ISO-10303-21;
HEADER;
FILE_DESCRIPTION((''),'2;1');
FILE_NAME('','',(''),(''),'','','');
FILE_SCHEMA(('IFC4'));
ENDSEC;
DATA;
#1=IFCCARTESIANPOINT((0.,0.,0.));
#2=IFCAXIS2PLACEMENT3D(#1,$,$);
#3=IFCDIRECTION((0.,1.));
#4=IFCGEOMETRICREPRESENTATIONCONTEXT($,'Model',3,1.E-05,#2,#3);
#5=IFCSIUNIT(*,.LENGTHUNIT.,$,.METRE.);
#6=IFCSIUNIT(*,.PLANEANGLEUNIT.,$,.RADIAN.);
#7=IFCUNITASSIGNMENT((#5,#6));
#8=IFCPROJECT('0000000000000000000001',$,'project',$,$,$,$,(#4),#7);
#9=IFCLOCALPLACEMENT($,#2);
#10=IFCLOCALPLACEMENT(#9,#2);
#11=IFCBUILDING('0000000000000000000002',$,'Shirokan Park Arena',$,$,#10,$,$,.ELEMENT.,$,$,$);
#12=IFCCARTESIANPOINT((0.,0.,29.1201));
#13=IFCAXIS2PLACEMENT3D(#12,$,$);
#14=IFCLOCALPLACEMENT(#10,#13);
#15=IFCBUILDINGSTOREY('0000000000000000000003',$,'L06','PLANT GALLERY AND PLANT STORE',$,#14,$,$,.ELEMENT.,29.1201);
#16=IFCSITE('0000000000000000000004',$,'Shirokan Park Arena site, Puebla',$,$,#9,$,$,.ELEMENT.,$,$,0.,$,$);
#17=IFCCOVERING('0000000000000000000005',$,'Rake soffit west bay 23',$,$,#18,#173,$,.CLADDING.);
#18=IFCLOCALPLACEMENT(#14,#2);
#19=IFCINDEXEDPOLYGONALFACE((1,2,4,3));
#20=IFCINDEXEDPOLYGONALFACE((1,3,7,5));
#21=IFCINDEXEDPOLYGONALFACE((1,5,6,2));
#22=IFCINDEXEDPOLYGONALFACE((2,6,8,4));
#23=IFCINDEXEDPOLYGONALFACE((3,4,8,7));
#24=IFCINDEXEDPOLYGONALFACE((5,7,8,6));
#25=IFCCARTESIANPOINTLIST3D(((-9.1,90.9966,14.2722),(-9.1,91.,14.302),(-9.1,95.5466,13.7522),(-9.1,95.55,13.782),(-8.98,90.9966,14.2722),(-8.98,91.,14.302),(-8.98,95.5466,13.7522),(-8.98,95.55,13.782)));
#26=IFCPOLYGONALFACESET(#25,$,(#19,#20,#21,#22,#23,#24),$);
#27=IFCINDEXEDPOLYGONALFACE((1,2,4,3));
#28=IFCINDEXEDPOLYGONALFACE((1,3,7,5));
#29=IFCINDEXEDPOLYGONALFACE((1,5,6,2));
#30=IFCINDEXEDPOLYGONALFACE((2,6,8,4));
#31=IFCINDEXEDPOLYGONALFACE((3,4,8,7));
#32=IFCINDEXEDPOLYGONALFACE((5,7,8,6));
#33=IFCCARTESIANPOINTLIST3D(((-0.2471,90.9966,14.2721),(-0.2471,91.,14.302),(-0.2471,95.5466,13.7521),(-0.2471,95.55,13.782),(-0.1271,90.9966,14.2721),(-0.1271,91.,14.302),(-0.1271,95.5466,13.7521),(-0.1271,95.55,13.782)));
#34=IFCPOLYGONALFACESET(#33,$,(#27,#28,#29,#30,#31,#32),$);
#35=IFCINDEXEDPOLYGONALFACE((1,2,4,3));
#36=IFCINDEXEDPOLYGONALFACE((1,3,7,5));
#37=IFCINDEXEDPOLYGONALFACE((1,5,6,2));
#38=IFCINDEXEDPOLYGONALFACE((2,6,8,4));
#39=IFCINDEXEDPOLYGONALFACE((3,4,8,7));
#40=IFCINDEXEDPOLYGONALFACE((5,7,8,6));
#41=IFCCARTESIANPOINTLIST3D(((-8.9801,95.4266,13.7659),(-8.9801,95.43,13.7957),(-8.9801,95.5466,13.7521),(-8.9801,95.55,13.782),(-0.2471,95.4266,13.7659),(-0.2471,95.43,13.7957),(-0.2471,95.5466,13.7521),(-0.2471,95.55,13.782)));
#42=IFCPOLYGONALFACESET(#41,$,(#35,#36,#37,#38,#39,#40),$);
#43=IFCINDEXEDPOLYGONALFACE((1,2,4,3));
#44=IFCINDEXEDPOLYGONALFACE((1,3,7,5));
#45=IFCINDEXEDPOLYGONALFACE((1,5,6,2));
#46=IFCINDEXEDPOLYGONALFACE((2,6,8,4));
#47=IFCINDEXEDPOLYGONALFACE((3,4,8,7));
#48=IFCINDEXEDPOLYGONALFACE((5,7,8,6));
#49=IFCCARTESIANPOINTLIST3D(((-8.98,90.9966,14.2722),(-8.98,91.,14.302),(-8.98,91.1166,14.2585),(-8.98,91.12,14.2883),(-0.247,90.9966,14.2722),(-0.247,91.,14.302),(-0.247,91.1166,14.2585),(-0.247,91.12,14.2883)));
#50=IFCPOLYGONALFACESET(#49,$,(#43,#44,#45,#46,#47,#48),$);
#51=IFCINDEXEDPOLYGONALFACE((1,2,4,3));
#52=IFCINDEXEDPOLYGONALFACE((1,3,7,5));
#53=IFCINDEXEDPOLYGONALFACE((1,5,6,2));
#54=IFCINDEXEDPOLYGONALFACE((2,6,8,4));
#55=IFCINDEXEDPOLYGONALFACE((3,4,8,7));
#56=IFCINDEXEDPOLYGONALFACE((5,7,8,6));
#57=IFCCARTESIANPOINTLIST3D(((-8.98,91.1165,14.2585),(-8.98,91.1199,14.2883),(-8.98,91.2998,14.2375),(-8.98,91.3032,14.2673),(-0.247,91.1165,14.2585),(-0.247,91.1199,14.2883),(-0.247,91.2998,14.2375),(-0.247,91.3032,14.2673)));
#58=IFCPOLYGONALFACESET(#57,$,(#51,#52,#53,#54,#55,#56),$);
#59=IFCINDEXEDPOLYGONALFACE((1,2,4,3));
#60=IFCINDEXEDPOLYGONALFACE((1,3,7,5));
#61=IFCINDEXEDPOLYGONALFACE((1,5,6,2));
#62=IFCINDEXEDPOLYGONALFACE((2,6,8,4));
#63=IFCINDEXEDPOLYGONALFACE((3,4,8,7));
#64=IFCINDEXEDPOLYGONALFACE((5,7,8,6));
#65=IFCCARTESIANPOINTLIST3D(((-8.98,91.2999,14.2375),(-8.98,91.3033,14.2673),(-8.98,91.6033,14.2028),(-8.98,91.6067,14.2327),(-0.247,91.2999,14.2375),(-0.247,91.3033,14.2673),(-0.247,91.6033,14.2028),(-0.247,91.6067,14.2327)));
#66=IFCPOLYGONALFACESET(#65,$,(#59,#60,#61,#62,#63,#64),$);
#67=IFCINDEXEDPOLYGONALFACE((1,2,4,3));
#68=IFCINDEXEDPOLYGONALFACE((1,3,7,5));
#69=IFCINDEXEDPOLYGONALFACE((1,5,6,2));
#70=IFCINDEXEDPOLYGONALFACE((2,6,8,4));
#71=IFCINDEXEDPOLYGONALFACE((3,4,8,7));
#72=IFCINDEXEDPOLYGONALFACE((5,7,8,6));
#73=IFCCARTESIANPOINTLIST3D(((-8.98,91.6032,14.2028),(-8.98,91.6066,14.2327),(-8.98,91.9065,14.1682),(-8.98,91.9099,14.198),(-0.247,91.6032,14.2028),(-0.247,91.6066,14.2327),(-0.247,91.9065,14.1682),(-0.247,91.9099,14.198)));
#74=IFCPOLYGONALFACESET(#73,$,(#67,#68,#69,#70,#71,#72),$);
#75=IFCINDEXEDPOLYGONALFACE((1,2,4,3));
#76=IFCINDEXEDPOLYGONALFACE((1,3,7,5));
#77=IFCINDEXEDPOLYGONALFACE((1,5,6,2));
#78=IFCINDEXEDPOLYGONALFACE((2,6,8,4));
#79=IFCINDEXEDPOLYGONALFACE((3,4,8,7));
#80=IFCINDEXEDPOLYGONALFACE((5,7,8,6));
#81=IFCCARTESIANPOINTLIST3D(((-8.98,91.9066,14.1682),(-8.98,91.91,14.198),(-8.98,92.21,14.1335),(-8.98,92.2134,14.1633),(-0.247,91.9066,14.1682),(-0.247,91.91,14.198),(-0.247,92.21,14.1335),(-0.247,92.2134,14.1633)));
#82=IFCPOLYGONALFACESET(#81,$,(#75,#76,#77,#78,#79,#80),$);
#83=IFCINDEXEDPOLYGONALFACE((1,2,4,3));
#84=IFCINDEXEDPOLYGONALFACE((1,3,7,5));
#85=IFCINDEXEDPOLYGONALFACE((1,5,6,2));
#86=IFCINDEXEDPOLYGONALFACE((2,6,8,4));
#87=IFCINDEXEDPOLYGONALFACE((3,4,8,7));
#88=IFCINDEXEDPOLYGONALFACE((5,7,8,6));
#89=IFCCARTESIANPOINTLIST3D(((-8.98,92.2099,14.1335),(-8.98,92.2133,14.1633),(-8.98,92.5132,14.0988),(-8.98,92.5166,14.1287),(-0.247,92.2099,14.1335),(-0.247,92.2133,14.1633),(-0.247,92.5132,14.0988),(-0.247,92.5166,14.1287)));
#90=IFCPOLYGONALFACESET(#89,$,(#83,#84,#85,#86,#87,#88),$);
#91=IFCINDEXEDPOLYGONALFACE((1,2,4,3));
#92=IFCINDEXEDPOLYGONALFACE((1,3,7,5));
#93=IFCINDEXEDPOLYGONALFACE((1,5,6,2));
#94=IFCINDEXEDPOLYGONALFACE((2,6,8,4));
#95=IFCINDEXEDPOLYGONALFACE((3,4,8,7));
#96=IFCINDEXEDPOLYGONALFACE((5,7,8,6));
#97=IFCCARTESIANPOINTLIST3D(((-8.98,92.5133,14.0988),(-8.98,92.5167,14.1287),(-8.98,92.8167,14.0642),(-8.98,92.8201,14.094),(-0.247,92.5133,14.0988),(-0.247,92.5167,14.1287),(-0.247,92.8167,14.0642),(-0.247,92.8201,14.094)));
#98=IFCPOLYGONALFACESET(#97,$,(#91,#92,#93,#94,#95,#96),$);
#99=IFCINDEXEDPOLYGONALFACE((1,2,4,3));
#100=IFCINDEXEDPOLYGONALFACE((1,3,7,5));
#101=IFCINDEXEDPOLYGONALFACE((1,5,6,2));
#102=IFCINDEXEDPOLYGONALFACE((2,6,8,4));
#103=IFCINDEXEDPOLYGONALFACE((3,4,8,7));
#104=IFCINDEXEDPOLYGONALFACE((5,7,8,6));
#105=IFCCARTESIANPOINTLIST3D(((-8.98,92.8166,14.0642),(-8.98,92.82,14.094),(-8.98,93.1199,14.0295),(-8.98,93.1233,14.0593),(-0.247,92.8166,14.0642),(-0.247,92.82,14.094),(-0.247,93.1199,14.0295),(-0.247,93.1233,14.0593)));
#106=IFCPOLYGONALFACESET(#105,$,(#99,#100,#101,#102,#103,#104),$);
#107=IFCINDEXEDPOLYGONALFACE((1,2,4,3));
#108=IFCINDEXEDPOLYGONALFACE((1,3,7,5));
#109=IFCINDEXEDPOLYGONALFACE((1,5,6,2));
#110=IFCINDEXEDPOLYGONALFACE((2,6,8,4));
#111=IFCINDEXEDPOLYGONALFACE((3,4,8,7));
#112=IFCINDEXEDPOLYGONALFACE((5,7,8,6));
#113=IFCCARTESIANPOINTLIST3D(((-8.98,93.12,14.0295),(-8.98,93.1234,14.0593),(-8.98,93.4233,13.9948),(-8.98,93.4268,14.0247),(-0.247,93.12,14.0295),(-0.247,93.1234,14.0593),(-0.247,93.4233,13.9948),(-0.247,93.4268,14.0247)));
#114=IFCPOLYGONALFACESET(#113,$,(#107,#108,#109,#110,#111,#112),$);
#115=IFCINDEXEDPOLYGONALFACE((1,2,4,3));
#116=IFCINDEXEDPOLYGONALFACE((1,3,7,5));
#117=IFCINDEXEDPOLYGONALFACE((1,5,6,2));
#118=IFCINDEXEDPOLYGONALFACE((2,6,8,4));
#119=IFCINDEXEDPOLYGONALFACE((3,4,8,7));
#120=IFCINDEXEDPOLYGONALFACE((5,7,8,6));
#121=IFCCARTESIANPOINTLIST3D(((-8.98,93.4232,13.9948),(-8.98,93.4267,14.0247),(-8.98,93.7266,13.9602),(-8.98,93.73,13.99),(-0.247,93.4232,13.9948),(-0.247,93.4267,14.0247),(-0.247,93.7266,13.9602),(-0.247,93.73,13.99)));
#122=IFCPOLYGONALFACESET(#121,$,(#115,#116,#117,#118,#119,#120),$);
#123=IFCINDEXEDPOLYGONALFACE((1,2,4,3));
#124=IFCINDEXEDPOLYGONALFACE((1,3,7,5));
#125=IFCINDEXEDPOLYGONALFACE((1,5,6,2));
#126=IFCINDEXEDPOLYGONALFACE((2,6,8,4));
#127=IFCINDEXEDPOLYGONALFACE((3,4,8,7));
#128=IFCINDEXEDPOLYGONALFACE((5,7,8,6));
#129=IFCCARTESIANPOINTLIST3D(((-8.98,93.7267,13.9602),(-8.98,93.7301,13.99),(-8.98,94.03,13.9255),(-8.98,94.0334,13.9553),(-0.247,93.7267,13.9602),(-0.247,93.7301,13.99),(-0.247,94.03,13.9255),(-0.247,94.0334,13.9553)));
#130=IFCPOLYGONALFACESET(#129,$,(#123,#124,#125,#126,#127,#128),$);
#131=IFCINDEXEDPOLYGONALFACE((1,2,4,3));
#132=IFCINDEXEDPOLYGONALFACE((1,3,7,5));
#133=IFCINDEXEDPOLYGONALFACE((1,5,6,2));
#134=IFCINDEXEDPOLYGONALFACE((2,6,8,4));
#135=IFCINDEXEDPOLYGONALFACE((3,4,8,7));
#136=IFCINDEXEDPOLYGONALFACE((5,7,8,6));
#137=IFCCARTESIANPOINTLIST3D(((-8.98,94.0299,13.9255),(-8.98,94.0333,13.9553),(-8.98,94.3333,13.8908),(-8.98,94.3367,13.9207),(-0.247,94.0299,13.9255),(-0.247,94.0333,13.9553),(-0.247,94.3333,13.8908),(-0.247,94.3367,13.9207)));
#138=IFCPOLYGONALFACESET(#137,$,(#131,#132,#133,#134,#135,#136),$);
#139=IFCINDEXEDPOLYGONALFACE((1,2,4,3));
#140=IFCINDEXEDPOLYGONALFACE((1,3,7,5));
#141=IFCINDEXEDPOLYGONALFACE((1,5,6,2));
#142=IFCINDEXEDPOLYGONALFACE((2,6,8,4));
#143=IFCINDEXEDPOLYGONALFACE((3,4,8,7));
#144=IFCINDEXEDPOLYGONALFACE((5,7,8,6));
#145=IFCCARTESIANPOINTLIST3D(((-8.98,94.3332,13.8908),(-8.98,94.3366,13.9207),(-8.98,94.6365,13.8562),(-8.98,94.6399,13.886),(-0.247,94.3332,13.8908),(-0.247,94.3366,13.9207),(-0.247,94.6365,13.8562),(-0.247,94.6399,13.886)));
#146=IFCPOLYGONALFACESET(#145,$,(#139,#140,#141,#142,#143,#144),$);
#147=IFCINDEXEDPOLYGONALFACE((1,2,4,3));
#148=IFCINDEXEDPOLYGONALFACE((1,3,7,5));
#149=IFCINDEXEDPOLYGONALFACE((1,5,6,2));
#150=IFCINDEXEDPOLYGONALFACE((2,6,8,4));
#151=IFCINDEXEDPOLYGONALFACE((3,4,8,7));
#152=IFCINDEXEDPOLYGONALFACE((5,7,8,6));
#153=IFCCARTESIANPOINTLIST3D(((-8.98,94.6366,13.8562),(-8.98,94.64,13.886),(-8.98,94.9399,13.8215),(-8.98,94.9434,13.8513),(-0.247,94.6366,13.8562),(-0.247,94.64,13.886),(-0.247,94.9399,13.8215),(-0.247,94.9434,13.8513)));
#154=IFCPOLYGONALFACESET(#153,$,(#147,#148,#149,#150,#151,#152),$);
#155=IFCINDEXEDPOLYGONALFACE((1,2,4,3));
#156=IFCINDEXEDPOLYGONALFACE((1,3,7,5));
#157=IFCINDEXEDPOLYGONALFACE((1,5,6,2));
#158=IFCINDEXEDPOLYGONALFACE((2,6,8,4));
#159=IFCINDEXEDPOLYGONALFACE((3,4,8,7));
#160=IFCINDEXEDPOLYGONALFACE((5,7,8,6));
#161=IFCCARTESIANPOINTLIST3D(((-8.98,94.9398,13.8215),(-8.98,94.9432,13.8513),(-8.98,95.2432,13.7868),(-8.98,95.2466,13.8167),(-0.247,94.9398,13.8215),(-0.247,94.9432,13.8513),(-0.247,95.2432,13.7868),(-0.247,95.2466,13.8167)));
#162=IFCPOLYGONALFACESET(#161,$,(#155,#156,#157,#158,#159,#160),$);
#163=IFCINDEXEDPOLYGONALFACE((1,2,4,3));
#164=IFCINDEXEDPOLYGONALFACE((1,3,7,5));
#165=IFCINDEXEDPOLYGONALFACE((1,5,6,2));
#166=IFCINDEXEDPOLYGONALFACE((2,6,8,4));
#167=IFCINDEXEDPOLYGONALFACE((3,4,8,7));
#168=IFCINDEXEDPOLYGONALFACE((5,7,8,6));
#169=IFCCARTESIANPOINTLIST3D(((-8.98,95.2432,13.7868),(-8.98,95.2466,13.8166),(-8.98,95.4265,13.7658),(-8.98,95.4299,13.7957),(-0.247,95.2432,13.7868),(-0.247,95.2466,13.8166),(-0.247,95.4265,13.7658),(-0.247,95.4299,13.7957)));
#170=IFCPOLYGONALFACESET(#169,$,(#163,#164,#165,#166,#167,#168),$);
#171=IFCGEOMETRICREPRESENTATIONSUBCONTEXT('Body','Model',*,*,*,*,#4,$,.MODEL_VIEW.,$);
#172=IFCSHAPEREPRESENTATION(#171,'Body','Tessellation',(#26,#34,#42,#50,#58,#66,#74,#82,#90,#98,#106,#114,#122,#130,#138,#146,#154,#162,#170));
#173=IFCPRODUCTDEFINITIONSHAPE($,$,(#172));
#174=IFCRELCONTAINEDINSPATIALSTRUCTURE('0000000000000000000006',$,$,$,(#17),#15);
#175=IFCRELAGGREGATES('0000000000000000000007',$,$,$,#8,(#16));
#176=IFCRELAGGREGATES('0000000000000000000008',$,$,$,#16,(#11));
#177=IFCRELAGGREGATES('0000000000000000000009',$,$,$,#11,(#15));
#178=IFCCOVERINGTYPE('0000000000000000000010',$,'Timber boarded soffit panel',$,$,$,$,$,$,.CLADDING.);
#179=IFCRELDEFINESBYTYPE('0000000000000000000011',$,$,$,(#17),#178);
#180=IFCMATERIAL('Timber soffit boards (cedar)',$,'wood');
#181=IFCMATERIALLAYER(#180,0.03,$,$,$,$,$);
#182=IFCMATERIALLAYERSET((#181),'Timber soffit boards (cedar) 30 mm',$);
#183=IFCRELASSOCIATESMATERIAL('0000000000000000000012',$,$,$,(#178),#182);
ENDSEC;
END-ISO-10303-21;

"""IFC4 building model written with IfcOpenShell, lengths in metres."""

from ifc_helpers import new_model, si_unit, direction, frame, origin, place, context, subcontext, project, spatial, polyline, outline, extrude, material, layer, layer_set, type_object, element, save


model = new_model("IFC4")

# Units and contexts
model_context = context("Model", 3, precision=1e-05, world=origin(), true_north=direction((0.0, 1.0)))
body_context = subcontext(model_context, "Body", "Model", "MODEL_VIEW")
ifc_project = project(units=[si_unit("LENGTHUNIT", "METRE"), si_unit("PLANEANGLEUNIT", "RADIAN")], contexts=[model_context])

# Site, building, storey
site_placement = place(None, origin())
site = spatial("IfcSite", under=ifc_project, at=site_placement, Name="Shirokan Park Arena site, Puebla", CompositionType="ELEMENT", RefElevation=0.0)
building_placement = place(site_placement, origin())
building = spatial("IfcBuilding", under=site, at=building_placement, Name="Shirokan Park Arena", CompositionType="ELEMENT")
storey_placement = place(building_placement, frame((0.0, 0.0, 29.1201)))
storey = spatial("IfcBuildingStorey", under=building, at=storey_placement, Name="L06", Description="PLANT GALLERY AND PLANT STORE", CompositionType="ELEMENT", Elevation=29.1201)

# Covering
ifc_material = material(Name="Timber soffit boards (cedar)", Category="wood")
ifc_layer = layer(ifc_material, 0.03)
ifc_layer_set = layer_set([ifc_layer], Name="Timber soffit boards (cedar) 30 mm")
covering_type = type_object("IfcCoveringType", Name="Timber boarded soffit panel", PredefinedType="CLADDING", material=ifc_layer_set)
covering_1_placement = place(storey_placement, origin())
element("IfcCovering", 1, at=covering_1_placement, inside=storey, type_object=covering_type, Name="Rake soffit west bay 23", PredefinedType="CLADDING", context=body_context, shape_type="SweptSolid", body=[
    extrude(outline(polyline([(0.0, 0.0), (0.12, 0.0), (0.12, -4.5796), (0.0, -4.5796), (0.0, 0.0)])), frame((-8.98, 91.0, 14.302), z_axis=(0.0, 0.113547, 0.993533), x_axis=(-1.0, 0.0, 0.0)), (0.0, 0.0, -1.0), 0.03),
    extrude(outline(polyline([(0.0, 0.0), (0.12, 0.0), (0.12, -4.5796), (0.0, -4.5796), (0.0, 0.0)])), frame((-0.2471, 95.55, 13.782), z_axis=(0.0, 0.113547, 0.993533), x_axis=(1.0, 0.0, 0.0)), (0.0, 0.0, -1.0), 0.03),
    extrude(outline(polyline([(0.0, 0.0), (0.1208, 0.0), (0.1208, -8.733), (0.0, -8.733), (0.0, 0.0)])), frame((-0.2471, 95.55, 13.782), z_axis=(0.0, 0.113512, 0.993537), x_axis=(0.0, -0.993537, 0.113512)), (0.0, 0.0, -1.0), 0.03),
    extrude(outline(polyline([(0.0, 0.0), (0.1208, 0.0), (0.1208, -8.733), (0.0, -8.733), (0.0, 0.0)])), frame((-8.98, 91.0, 14.302), z_axis=(0.0, 0.113512, 0.993537), x_axis=(0.0, 0.993537, -0.113512)), (0.0, 0.0, -1.0), 0.03),
    extrude(outline(polyline([(0.0, 0.0), (8.733, 0.0), (8.733, -0.1845), (0.0, -0.1845), (0.0, 0.0)])), frame((-8.98, 91.3032, 14.2673), z_axis=(0.0, 0.113589, 0.993528), x_axis=(1.0, 0.0, 0.0)), (0.0, 0.0, -1.0), 0.03),
    extrude(outline(polyline([(0.0, 0.0), (8.733, 0.0), (8.733, -0.3053), (0.0, -0.3053), (0.0, 0.0)])), frame((-8.98, 91.6067, 14.2327), z_axis=(0.0, 0.113523, 0.993535), x_axis=(1.0, 0.0, 0.0)), (0.0, 0.0, -1.0), 0.03),
    extrude(outline(polyline([(0.0, 0.0), (8.733, 0.0), (8.733, -0.3053), (0.0, -0.3053), (0.0, 0.0)])), frame((-8.98, 91.9099, 14.198), z_axis=(0.0, 0.113559, 0.993531), x_axis=(1.0, 0.0, 0.0)), (0.0, 0.0, -1.0), 0.03),
    extrude(outline(polyline([(0.0, 0.0), (8.733, 0.0), (8.733, -0.3053), (0.0, -0.3053), (0.0, 0.0)])), frame((-8.98, 92.2134, 14.1633), z_axis=(0.0, 0.113559, 0.993531), x_axis=(1.0, 0.0, 0.0)), (0.0, 0.0, -1.0), 0.03),
    extrude(outline(polyline([(0.0, 0.0), (8.733, 0.0), (8.733, -0.3053), (0.0, -0.3053), (0.0, 0.0)])), frame((-8.98, 92.5166, 14.1287), z_axis=(0.0, 0.113523, 0.993535), x_axis=(1.0, 0.0, 0.0)), (0.0, 0.0, -1.0), 0.03),
    extrude(outline(polyline([(0.0, 0.0), (8.733, 0.0), (8.733, -0.3053), (0.0, -0.3053), (0.0, 0.0)])), frame((-8.98, 92.8201, 14.094), z_axis=(0.0, 0.113559, 0.993531), x_axis=(1.0, 0.0, 0.0)), (0.0, 0.0, -1.0), 0.03),
    extrude(outline(polyline([(0.0, 0.0), (8.733, 0.0), (8.733, -0.3053), (0.0, -0.3053), (0.0, 0.0)])), frame((-8.98, 93.1233, 14.0593), z_axis=(0.0, 0.113559, 0.993531), x_axis=(1.0, 0.0, 0.0)), (0.0, 0.0, -1.0), 0.03),
    extrude(outline(polyline([(0.0, 0.0), (8.733, 0.0), (8.733, -0.3053), (0.0, -0.3053), (0.0, 0.0)])), frame((-8.98, 93.4268, 14.0247), z_axis=(0.0, 0.113523, 0.993535), x_axis=(1.0, 0.0, 0.0)), (0.0, 0.0, -1.0), 0.03),
    extrude(outline(polyline([(0.0, 0.0), (8.733, 0.0), (8.733, -0.3053), (0.0, -0.3053), (0.0, 0.0)])), frame((-8.98, 93.73, 13.99), z_axis=(0.0, 0.113559, 0.993531), x_axis=(1.0, 0.0, 0.0)), (0.0, 0.0, -1.0), 0.03),
    extrude(outline(polyline([(0.0, 0.0), (8.733, 0.0), (8.733, -0.3053), (0.0, -0.3053), (0.0, 0.0)])), frame((-8.98, 94.0334, 13.9553), z_axis=(0.0, 0.113559, 0.993531), x_axis=(1.0, 0.0, 0.0)), (0.0, 0.0, -1.0), 0.03),
    extrude(outline(polyline([(0.0, 0.0), (8.733, 0.0), (8.733, -0.3053), (0.0, -0.3053), (0.0, 0.0)])), frame((-8.98, 94.3367, 13.9207), z_axis=(0.0, 0.113523, 0.993535), x_axis=(1.0, 0.0, 0.0)), (0.0, 0.0, -1.0), 0.03),
    extrude(outline(polyline([(0.0, 0.0), (8.733, 0.0), (8.733, -0.3053), (0.0, -0.3053), (0.0, 0.0)])), frame((-8.98, 94.6399, 13.886), z_axis=(0.0, 0.113559, 0.993531), x_axis=(1.0, 0.0, 0.0)), (0.0, 0.0, -1.0), 0.03),
    extrude(outline(polyline([(0.0, 0.0), (8.733, 0.0), (8.733, -0.3053), (0.0, -0.3053), (0.0, 0.0)])), frame((-8.98, 94.9434, 13.8513), z_axis=(0.0, 0.113559, 0.993531), x_axis=(1.0, 0.0, 0.0)), (0.0, 0.0, -1.0), 0.03),
    extrude(outline(polyline([(0.0, 0.0), (8.733, 0.0), (8.733, -0.3053), (0.0, -0.3053), (0.0, 0.0)])), frame((-8.98, 95.2466, 13.8167), z_axis=(0.0, 0.113523, 0.993535), x_axis=(1.0, 0.0, 0.0)), (0.0, 0.0, -1.0), 0.03),
    extrude(outline(polyline([(0.0, 0.0), (8.733, 0.0), (8.733, -0.1845), (0.0, -0.1845), (0.0, 0.0)])), frame((-8.98, 95.4299, 13.7957), z_axis=(0.0, 0.113589, 0.993528), x_axis=(1.0, 0.0, 0.0)), (0.0, 0.0, -1.0), 0.03),
])

save(model, "model.ifc")
